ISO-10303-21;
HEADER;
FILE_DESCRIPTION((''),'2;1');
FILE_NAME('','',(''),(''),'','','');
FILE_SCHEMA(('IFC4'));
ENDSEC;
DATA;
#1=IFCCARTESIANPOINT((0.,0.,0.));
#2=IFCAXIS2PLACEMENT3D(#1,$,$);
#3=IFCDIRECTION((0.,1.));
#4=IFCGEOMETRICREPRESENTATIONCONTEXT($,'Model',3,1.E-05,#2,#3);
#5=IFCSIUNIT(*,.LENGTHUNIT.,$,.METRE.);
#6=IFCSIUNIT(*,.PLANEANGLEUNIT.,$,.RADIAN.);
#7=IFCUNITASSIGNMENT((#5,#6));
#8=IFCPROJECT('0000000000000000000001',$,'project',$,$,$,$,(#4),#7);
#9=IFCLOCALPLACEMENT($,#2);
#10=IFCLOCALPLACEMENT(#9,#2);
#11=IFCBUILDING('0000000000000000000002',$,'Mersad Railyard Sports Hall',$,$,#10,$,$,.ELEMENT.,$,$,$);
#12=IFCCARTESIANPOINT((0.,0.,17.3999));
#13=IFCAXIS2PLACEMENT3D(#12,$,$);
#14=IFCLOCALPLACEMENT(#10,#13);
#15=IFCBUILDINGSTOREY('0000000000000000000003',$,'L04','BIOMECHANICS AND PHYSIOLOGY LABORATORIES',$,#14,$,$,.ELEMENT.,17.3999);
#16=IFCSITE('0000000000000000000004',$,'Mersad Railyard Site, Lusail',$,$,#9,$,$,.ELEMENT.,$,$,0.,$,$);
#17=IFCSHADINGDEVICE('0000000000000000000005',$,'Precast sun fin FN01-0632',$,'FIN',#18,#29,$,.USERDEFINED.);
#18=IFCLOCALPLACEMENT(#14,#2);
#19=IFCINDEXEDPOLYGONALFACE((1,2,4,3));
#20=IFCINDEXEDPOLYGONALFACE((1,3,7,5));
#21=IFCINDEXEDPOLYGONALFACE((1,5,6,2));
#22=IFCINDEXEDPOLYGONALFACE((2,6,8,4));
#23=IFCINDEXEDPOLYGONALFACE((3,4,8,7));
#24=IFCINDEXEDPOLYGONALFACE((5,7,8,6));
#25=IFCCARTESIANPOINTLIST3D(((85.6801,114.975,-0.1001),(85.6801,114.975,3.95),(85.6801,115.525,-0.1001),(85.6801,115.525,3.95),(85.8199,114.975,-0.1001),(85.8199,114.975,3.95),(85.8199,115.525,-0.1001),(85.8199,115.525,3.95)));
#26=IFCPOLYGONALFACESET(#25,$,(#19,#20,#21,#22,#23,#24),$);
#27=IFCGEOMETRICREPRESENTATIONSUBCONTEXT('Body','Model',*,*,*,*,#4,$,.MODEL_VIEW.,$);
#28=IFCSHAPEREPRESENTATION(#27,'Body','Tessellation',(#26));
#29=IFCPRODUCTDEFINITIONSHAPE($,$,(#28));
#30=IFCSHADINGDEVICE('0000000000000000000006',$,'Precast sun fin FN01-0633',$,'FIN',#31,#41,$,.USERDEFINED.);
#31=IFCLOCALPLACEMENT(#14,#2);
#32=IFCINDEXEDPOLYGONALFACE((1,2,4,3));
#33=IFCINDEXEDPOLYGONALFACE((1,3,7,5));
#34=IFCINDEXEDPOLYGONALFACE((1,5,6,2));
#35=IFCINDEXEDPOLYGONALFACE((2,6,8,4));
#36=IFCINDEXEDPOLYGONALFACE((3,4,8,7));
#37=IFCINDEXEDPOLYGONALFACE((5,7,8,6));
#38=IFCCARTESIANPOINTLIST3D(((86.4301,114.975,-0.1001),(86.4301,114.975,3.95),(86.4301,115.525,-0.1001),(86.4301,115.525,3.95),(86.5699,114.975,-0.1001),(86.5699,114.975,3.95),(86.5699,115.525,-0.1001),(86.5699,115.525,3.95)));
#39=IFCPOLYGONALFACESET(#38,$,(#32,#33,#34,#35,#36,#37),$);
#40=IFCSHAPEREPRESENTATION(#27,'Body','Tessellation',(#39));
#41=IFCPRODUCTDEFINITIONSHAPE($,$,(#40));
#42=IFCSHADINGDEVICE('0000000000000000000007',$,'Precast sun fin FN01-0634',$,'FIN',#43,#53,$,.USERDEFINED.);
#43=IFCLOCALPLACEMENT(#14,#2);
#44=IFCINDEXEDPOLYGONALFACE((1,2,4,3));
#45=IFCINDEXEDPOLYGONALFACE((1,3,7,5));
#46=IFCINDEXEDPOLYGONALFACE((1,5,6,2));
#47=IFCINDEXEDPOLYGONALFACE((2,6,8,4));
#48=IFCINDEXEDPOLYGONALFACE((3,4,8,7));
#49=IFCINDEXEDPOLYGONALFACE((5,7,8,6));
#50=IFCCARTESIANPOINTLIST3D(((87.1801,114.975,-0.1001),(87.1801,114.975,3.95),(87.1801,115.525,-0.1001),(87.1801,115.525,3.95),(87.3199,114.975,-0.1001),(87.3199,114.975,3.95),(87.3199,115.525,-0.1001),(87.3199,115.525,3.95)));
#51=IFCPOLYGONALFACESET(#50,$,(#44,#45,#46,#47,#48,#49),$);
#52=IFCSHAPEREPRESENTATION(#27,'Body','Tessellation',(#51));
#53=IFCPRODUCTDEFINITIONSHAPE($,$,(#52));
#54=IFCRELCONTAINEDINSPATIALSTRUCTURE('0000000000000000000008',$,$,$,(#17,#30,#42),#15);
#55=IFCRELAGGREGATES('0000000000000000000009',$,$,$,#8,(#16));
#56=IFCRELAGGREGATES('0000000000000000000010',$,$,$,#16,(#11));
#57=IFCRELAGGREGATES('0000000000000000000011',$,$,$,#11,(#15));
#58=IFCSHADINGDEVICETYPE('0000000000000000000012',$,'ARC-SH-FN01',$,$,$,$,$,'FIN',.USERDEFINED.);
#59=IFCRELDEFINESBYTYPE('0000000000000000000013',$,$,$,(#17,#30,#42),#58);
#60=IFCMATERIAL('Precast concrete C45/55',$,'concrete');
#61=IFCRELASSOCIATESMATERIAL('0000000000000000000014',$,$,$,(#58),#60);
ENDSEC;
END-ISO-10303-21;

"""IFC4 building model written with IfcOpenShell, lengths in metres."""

from ifc_helpers import new_model, si_unit, direction, frame, origin, origin_2d, place, context, subcontext, project, spatial, rectangle, extrude, material, type_object, element, save


model = new_model("IFC4")

# Units and contexts
model_context = context("Model", 3, precision=1e-05, world=origin(), true_north=direction((0.0, 1.0)))
body_context = subcontext(model_context, "Body", "Model", "MODEL_VIEW")
ifc_project = project(units=[si_unit("LENGTHUNIT", "METRE"), si_unit("PLANEANGLEUNIT", "RADIAN")], contexts=[model_context])

# Site, building, storey
site_placement = place(None, origin())
site = spatial("IfcSite", under=ifc_project, at=site_placement, Name="Mersad Railyard Site, Lusail", CompositionType="ELEMENT", RefElevation=0.0)
building_placement = place(site_placement, origin())
building = spatial("IfcBuilding", under=site, at=building_placement, Name="Mersad Railyard Sports Hall", CompositionType="ELEMENT")
storey_placement = place(building_placement, frame((0.0, 0.0, 17.3999)))
storey = spatial("IfcBuildingStorey", under=building, at=storey_placement, Name="L04", Description="BIOMECHANICS AND PHYSIOLOGY LABORATORIES", CompositionType="ELEMENT", Elevation=17.3999)

# Shading devices
ifc_material_1 = material(Name="Precast concrete C45/55", Category="concrete")
shading_device_type = type_object("IfcShadingDeviceType", Name="ARC-SH-FN01", ElementType="FIN", PredefinedType="USERDEFINED", material=ifc_material_1)
for number, where, z_axis, x_axis, name in (
    (1, (85.75, 115.25, -0.1001), (0.0, 0.0, 1.0), (1.0, 0.0, 0.0), "Precast sun fin FN01-0632"),
    (2, (86.5, 115.25, -0.1001), (0.0, 0.0, 1.0), (1.0, 0.0, 0.0), "Precast sun fin FN01-0633"),
    (3, (87.25, 115.25, -0.1001), (0.0, 0.0, 1.0), (1.0, 0.0, 0.0), "Precast sun fin FN01-0634"),
):
    element("IfcShadingDevice", number, at=place(storey_placement, frame(where, z_axis=z_axis, x_axis=x_axis)), inside=storey, type_object=shading_device_type, Name=name, ObjectType="FIN", PredefinedType="USERDEFINED", context=body_context, shape_type="SweptSolid", body=[
        extrude(rectangle(XDim=0.1399, YDim=0.55, at=origin_2d()), origin(), (0.0, 0.0, 1.0), 4.05),
    ])

save(model, "model.ifc")
